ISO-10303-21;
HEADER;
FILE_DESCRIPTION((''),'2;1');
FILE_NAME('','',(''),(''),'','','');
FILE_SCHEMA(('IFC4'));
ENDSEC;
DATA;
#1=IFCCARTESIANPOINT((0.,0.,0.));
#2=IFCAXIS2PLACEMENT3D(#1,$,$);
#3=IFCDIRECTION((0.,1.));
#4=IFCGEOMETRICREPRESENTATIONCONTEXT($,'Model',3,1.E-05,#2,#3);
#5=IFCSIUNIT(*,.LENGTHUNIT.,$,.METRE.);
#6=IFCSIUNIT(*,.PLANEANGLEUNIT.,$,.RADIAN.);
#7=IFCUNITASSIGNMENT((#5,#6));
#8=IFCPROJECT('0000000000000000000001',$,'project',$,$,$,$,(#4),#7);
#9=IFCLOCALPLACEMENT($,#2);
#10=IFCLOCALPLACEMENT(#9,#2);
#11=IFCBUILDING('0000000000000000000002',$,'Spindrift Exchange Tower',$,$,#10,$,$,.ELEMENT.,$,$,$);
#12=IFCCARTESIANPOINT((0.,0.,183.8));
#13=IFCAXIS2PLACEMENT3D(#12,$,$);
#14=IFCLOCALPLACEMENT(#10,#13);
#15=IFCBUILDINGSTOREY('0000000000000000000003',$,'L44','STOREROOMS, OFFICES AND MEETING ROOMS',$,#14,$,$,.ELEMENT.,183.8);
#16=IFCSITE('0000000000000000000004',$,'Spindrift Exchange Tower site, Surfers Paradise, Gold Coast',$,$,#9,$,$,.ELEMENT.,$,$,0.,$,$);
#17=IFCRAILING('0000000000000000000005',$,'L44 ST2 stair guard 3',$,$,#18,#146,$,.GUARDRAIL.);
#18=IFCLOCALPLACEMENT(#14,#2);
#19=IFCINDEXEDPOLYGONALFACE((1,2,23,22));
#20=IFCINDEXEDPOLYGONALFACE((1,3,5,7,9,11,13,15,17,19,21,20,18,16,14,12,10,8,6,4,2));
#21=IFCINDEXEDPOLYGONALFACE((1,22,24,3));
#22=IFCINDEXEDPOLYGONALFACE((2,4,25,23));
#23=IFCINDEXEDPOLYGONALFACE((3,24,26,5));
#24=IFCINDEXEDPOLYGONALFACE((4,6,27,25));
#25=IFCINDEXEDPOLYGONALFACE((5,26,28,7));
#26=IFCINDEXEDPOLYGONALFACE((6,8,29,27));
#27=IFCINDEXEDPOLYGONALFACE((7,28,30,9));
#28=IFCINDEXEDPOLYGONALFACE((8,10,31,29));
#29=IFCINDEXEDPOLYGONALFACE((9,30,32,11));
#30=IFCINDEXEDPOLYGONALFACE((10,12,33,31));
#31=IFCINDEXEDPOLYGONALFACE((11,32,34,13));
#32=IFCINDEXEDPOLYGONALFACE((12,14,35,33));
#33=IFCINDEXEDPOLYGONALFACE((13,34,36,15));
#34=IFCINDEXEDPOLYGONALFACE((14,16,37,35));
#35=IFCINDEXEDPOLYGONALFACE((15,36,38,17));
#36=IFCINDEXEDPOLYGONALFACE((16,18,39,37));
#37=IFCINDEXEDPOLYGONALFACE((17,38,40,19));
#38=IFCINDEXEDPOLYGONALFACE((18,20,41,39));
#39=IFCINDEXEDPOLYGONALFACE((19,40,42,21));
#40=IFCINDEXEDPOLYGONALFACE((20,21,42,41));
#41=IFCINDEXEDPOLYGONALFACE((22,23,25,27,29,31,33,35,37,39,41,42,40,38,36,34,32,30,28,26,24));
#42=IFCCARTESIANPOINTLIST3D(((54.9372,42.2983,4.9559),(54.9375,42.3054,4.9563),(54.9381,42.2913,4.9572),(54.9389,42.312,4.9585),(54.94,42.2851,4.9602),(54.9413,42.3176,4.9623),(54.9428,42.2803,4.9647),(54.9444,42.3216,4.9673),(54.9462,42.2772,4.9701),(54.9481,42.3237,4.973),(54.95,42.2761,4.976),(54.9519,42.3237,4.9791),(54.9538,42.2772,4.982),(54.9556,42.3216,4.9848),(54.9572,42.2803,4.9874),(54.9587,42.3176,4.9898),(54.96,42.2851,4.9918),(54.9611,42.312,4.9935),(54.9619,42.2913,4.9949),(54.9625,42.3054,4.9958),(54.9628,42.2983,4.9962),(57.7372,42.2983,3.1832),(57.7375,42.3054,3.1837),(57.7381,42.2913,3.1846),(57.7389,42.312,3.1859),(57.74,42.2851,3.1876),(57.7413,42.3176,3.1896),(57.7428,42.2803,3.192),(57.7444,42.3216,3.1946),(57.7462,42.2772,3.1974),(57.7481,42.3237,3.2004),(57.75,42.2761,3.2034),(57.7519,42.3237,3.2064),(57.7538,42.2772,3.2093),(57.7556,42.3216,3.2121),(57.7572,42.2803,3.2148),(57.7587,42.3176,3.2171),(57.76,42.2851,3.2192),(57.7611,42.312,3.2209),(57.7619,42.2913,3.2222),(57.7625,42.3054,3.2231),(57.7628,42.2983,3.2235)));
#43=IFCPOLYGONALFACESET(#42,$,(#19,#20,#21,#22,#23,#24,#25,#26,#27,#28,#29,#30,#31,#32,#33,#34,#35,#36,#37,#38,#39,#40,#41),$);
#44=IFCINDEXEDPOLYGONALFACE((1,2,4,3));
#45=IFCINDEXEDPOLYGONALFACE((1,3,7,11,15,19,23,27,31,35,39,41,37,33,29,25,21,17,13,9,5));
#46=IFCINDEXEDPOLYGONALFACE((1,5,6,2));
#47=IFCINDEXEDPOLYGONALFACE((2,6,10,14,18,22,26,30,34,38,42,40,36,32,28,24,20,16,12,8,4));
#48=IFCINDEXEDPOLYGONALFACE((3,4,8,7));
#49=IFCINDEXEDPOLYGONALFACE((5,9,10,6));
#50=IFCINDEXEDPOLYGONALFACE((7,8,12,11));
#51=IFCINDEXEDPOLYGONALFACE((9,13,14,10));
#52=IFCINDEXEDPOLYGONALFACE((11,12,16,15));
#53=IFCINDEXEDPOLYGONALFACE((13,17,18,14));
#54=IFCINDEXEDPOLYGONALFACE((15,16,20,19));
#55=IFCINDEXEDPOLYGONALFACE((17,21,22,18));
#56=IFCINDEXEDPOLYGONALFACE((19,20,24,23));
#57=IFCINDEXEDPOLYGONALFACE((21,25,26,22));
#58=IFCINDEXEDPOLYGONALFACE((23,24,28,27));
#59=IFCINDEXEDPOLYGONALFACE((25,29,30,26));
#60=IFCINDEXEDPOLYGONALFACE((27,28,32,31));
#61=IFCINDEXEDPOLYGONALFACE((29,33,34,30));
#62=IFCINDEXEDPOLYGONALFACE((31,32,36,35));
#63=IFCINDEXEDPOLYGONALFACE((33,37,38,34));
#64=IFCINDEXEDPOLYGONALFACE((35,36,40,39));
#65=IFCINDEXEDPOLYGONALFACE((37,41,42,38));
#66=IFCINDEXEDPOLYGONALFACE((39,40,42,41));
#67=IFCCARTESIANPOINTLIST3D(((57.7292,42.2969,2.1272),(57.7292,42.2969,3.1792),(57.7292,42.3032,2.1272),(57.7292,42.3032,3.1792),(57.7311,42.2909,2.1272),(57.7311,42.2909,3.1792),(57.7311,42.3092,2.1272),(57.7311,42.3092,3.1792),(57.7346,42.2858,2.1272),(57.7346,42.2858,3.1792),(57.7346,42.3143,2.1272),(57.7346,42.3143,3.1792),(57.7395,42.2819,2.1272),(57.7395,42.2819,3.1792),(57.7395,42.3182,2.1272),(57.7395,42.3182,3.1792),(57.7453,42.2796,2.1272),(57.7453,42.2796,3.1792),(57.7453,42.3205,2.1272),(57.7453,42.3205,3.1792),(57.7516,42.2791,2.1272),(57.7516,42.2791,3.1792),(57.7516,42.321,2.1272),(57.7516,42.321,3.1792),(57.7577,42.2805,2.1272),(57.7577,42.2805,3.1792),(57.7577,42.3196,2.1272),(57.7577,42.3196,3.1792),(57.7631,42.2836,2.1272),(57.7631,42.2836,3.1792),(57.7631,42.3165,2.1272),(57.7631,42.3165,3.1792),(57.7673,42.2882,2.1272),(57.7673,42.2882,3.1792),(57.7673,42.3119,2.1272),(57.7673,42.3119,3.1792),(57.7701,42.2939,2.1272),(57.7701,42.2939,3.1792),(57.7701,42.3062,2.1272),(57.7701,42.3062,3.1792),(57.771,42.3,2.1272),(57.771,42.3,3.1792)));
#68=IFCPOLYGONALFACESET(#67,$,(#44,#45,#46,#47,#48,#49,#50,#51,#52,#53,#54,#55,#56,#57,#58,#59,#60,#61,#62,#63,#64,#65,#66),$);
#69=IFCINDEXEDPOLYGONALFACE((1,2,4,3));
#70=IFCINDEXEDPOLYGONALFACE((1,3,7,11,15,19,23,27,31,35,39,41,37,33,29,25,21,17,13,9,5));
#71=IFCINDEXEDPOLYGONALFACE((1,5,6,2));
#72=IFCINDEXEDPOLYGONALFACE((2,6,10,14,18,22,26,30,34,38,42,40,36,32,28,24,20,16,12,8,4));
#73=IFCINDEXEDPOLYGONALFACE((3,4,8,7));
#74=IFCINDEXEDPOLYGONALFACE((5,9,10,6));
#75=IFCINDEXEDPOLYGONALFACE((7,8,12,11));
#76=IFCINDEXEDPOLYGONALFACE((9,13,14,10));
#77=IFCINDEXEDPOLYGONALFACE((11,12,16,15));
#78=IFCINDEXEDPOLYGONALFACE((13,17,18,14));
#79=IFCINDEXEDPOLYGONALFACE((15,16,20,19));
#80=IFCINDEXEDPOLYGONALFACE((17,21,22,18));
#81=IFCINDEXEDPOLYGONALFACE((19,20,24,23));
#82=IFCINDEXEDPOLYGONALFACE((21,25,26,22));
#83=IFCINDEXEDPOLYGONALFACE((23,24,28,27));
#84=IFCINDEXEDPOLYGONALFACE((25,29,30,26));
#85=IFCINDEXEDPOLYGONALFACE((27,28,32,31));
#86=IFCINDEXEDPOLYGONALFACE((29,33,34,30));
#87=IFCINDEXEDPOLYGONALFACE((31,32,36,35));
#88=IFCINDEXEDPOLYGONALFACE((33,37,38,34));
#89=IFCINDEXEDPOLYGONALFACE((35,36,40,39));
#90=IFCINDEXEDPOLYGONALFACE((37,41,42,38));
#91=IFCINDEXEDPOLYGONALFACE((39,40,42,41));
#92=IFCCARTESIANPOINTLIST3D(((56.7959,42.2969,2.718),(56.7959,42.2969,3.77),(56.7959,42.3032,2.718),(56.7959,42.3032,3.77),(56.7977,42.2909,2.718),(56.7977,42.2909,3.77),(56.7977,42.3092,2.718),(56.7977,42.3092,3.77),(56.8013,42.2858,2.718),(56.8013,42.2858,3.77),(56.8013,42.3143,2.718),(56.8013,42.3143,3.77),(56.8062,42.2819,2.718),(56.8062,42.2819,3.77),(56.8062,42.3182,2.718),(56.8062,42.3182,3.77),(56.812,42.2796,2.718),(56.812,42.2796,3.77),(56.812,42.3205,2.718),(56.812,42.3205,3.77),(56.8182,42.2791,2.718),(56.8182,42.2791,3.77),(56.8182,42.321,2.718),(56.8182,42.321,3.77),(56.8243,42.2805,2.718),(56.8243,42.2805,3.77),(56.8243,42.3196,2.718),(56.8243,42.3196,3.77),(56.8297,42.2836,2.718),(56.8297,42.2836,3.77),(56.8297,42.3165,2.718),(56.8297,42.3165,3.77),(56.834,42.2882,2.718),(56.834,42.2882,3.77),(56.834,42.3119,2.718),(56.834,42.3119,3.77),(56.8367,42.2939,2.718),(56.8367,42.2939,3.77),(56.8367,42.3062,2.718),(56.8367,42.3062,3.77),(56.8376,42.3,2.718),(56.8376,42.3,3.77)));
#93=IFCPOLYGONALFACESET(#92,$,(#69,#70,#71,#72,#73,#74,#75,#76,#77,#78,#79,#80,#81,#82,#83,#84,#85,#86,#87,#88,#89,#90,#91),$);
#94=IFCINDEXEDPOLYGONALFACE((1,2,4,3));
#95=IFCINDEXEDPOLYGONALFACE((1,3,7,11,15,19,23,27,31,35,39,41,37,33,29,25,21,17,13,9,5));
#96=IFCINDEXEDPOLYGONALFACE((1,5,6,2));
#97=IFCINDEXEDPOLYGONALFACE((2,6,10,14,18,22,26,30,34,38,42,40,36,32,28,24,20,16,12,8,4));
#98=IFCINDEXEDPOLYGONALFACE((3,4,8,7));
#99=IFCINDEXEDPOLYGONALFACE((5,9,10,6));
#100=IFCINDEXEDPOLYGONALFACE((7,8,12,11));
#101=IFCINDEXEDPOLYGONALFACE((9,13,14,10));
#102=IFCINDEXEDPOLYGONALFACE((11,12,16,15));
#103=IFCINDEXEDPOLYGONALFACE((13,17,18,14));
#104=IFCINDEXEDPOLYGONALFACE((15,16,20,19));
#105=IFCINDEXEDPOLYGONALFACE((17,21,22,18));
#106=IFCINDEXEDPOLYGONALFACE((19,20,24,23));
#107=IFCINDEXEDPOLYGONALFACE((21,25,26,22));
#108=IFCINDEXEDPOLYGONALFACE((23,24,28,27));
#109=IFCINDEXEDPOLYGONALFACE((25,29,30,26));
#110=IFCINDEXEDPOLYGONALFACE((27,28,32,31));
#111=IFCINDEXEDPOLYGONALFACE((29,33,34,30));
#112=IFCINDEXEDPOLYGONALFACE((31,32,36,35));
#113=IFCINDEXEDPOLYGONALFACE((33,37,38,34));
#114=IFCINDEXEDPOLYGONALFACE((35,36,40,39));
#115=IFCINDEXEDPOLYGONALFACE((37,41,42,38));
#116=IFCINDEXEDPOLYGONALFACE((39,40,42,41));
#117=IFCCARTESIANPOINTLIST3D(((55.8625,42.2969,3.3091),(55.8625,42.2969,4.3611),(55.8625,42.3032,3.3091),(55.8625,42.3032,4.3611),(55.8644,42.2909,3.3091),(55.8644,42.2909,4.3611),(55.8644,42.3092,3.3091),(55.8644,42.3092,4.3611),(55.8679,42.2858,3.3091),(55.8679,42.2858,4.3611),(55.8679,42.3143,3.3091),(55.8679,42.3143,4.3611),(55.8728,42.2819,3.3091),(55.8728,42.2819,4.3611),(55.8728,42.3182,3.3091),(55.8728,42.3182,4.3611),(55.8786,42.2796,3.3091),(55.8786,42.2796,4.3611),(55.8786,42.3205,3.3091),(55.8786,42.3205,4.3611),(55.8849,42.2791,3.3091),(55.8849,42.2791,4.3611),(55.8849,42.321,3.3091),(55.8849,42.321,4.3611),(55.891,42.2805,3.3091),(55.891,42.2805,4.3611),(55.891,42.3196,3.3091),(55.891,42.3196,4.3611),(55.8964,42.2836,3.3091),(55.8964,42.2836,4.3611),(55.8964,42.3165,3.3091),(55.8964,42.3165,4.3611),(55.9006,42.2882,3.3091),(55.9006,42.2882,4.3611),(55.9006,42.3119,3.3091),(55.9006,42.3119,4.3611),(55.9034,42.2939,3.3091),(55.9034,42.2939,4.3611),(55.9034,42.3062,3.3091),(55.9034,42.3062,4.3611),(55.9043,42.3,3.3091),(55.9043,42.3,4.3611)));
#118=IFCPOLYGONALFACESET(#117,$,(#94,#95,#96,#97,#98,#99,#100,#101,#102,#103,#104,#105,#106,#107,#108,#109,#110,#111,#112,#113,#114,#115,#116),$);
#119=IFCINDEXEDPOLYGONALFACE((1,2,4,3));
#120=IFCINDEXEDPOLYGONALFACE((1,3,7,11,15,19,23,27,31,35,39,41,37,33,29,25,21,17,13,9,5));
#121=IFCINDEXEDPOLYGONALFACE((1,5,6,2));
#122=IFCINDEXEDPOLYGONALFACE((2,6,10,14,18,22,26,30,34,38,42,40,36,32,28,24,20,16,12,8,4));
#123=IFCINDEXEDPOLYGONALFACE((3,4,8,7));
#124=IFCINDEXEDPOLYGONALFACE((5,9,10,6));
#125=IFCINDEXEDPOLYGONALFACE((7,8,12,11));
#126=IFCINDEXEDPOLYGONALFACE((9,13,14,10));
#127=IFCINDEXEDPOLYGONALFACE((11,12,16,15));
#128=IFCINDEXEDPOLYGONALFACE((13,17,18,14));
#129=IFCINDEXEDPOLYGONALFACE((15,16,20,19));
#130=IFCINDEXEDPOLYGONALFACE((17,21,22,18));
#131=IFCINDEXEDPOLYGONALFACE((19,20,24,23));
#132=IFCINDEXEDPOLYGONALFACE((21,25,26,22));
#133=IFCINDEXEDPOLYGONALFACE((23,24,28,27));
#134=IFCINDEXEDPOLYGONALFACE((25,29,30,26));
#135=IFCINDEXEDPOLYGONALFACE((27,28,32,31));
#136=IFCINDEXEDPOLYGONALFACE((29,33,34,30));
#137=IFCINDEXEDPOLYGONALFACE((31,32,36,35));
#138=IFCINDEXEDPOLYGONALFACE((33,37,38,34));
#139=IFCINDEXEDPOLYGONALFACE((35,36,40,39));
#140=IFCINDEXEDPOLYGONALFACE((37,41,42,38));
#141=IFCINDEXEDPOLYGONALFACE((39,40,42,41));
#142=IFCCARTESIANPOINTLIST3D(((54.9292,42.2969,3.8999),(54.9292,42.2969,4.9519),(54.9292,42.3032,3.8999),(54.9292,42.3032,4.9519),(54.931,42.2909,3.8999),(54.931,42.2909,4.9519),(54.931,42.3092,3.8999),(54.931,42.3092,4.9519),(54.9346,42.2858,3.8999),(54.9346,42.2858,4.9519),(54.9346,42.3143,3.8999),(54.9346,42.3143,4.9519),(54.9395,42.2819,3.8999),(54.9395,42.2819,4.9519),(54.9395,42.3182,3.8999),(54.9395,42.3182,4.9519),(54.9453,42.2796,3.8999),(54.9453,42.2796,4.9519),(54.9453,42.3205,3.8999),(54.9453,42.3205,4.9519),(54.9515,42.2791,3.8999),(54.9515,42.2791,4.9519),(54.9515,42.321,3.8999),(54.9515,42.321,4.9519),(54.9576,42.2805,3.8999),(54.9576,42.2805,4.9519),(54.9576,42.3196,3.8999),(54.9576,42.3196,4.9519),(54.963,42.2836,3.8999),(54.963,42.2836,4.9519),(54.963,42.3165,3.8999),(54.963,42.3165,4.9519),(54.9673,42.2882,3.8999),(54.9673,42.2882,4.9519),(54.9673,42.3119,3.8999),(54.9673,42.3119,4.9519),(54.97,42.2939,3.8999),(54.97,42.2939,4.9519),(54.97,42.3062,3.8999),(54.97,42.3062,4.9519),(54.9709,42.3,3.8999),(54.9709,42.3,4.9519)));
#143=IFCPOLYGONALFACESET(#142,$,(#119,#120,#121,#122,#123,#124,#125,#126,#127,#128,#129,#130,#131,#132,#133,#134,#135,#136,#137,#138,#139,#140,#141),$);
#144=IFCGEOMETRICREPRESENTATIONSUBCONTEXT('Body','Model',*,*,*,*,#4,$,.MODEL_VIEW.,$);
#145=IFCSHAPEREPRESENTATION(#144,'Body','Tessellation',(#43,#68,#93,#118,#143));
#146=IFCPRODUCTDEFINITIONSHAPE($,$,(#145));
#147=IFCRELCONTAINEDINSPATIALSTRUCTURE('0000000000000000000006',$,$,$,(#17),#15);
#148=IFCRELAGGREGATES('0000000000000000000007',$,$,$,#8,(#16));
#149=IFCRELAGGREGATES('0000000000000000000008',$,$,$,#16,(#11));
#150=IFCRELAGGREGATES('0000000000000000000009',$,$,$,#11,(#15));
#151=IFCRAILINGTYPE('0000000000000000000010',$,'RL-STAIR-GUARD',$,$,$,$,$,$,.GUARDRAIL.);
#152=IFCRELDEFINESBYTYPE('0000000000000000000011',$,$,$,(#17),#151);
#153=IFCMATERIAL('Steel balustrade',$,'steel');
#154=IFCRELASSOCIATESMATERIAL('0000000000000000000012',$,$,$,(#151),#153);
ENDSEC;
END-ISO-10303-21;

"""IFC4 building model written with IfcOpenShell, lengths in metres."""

from ifc_helpers import new_model, si_unit, direction, frame, origin, origin_2d, place, context, subcontext, project, spatial, circle, extrude, material, type_object, element, save


model = new_model("IFC4")

# Units and contexts
model_context = context("Model", 3, precision=1e-05, world=origin(), true_north=direction((0.0, 1.0)))
body_context = subcontext(model_context, "Body", "Model", "MODEL_VIEW")
ifc_project = project(units=[si_unit("LENGTHUNIT", "METRE"), si_unit("PLANEANGLEUNIT", "RADIAN")], contexts=[model_context])

# Site, building, storey
site_placement = place(None, origin())
site = spatial("IfcSite", under=ifc_project, at=site_placement, Name="Spindrift Exchange Tower site, Surfers Paradise, Gold Coast", CompositionType="ELEMENT", RefElevation=0.0)
building_placement = place(site_placement, origin())
building = spatial("IfcBuilding", under=site, at=building_placement, Name="Spindrift Exchange Tower", CompositionType="ELEMENT")
storey_placement = place(building_placement, frame((0.0, 0.0, 183.8)))
storey = spatial("IfcBuildingStorey", under=building, at=storey_placement, Name="L44", Description="STOREROOMS, OFFICES AND MEETING ROOMS", CompositionType="ELEMENT", Elevation=183.8)

# Railing
ifc_material_1 = material(Name="Steel balustrade", Category="steel")
railing_type_1 = type_object("IfcRailingType", Name="RL-STAIR-GUARD", PredefinedType="GUARDRAIL", material=ifc_material_1)
railing_1_placement = place(storey_placement, frame((57.75, 42.3, 2.1272)))
element("IfcRailing", 1, at=railing_1_placement, inside=storey, type_object=railing_type_1, Name="L44 ST2 stair guard 3", PredefinedType="GUARDRAIL", context=body_context, shape_type="SweptSolid", body=[
    extrude(circle(Radius=0.0239, at=origin_2d()), frame((0.0, 0.0, 1.0762), z_axis=(-0.844909, 0.0, 0.53491), x_axis=(0.0, -1.0, 0.0)), (0.0, 0.0, 1.0), 3.314),
    extrude(circle(Radius=0.021, at=origin_2d()), origin(), (0.0, 0.0, 1.0), 1.052),
    extrude(circle(Radius=0.021, at=origin_2d()), frame((-0.9333, 0.0, 0.5908)), (0.0, 0.0, 1.0), 1.052),
    extrude(circle(Radius=0.021, at=origin_2d()), frame((-1.8667, 0.0, 1.1819)), (0.0, 0.0, 1.0), 1.052),
    extrude(circle(Radius=0.021, at=origin_2d()), frame((-2.8, 0.0, 1.7727)), (0.0, 0.0, 1.0), 1.052),
])

save(model, "model.ifc")
